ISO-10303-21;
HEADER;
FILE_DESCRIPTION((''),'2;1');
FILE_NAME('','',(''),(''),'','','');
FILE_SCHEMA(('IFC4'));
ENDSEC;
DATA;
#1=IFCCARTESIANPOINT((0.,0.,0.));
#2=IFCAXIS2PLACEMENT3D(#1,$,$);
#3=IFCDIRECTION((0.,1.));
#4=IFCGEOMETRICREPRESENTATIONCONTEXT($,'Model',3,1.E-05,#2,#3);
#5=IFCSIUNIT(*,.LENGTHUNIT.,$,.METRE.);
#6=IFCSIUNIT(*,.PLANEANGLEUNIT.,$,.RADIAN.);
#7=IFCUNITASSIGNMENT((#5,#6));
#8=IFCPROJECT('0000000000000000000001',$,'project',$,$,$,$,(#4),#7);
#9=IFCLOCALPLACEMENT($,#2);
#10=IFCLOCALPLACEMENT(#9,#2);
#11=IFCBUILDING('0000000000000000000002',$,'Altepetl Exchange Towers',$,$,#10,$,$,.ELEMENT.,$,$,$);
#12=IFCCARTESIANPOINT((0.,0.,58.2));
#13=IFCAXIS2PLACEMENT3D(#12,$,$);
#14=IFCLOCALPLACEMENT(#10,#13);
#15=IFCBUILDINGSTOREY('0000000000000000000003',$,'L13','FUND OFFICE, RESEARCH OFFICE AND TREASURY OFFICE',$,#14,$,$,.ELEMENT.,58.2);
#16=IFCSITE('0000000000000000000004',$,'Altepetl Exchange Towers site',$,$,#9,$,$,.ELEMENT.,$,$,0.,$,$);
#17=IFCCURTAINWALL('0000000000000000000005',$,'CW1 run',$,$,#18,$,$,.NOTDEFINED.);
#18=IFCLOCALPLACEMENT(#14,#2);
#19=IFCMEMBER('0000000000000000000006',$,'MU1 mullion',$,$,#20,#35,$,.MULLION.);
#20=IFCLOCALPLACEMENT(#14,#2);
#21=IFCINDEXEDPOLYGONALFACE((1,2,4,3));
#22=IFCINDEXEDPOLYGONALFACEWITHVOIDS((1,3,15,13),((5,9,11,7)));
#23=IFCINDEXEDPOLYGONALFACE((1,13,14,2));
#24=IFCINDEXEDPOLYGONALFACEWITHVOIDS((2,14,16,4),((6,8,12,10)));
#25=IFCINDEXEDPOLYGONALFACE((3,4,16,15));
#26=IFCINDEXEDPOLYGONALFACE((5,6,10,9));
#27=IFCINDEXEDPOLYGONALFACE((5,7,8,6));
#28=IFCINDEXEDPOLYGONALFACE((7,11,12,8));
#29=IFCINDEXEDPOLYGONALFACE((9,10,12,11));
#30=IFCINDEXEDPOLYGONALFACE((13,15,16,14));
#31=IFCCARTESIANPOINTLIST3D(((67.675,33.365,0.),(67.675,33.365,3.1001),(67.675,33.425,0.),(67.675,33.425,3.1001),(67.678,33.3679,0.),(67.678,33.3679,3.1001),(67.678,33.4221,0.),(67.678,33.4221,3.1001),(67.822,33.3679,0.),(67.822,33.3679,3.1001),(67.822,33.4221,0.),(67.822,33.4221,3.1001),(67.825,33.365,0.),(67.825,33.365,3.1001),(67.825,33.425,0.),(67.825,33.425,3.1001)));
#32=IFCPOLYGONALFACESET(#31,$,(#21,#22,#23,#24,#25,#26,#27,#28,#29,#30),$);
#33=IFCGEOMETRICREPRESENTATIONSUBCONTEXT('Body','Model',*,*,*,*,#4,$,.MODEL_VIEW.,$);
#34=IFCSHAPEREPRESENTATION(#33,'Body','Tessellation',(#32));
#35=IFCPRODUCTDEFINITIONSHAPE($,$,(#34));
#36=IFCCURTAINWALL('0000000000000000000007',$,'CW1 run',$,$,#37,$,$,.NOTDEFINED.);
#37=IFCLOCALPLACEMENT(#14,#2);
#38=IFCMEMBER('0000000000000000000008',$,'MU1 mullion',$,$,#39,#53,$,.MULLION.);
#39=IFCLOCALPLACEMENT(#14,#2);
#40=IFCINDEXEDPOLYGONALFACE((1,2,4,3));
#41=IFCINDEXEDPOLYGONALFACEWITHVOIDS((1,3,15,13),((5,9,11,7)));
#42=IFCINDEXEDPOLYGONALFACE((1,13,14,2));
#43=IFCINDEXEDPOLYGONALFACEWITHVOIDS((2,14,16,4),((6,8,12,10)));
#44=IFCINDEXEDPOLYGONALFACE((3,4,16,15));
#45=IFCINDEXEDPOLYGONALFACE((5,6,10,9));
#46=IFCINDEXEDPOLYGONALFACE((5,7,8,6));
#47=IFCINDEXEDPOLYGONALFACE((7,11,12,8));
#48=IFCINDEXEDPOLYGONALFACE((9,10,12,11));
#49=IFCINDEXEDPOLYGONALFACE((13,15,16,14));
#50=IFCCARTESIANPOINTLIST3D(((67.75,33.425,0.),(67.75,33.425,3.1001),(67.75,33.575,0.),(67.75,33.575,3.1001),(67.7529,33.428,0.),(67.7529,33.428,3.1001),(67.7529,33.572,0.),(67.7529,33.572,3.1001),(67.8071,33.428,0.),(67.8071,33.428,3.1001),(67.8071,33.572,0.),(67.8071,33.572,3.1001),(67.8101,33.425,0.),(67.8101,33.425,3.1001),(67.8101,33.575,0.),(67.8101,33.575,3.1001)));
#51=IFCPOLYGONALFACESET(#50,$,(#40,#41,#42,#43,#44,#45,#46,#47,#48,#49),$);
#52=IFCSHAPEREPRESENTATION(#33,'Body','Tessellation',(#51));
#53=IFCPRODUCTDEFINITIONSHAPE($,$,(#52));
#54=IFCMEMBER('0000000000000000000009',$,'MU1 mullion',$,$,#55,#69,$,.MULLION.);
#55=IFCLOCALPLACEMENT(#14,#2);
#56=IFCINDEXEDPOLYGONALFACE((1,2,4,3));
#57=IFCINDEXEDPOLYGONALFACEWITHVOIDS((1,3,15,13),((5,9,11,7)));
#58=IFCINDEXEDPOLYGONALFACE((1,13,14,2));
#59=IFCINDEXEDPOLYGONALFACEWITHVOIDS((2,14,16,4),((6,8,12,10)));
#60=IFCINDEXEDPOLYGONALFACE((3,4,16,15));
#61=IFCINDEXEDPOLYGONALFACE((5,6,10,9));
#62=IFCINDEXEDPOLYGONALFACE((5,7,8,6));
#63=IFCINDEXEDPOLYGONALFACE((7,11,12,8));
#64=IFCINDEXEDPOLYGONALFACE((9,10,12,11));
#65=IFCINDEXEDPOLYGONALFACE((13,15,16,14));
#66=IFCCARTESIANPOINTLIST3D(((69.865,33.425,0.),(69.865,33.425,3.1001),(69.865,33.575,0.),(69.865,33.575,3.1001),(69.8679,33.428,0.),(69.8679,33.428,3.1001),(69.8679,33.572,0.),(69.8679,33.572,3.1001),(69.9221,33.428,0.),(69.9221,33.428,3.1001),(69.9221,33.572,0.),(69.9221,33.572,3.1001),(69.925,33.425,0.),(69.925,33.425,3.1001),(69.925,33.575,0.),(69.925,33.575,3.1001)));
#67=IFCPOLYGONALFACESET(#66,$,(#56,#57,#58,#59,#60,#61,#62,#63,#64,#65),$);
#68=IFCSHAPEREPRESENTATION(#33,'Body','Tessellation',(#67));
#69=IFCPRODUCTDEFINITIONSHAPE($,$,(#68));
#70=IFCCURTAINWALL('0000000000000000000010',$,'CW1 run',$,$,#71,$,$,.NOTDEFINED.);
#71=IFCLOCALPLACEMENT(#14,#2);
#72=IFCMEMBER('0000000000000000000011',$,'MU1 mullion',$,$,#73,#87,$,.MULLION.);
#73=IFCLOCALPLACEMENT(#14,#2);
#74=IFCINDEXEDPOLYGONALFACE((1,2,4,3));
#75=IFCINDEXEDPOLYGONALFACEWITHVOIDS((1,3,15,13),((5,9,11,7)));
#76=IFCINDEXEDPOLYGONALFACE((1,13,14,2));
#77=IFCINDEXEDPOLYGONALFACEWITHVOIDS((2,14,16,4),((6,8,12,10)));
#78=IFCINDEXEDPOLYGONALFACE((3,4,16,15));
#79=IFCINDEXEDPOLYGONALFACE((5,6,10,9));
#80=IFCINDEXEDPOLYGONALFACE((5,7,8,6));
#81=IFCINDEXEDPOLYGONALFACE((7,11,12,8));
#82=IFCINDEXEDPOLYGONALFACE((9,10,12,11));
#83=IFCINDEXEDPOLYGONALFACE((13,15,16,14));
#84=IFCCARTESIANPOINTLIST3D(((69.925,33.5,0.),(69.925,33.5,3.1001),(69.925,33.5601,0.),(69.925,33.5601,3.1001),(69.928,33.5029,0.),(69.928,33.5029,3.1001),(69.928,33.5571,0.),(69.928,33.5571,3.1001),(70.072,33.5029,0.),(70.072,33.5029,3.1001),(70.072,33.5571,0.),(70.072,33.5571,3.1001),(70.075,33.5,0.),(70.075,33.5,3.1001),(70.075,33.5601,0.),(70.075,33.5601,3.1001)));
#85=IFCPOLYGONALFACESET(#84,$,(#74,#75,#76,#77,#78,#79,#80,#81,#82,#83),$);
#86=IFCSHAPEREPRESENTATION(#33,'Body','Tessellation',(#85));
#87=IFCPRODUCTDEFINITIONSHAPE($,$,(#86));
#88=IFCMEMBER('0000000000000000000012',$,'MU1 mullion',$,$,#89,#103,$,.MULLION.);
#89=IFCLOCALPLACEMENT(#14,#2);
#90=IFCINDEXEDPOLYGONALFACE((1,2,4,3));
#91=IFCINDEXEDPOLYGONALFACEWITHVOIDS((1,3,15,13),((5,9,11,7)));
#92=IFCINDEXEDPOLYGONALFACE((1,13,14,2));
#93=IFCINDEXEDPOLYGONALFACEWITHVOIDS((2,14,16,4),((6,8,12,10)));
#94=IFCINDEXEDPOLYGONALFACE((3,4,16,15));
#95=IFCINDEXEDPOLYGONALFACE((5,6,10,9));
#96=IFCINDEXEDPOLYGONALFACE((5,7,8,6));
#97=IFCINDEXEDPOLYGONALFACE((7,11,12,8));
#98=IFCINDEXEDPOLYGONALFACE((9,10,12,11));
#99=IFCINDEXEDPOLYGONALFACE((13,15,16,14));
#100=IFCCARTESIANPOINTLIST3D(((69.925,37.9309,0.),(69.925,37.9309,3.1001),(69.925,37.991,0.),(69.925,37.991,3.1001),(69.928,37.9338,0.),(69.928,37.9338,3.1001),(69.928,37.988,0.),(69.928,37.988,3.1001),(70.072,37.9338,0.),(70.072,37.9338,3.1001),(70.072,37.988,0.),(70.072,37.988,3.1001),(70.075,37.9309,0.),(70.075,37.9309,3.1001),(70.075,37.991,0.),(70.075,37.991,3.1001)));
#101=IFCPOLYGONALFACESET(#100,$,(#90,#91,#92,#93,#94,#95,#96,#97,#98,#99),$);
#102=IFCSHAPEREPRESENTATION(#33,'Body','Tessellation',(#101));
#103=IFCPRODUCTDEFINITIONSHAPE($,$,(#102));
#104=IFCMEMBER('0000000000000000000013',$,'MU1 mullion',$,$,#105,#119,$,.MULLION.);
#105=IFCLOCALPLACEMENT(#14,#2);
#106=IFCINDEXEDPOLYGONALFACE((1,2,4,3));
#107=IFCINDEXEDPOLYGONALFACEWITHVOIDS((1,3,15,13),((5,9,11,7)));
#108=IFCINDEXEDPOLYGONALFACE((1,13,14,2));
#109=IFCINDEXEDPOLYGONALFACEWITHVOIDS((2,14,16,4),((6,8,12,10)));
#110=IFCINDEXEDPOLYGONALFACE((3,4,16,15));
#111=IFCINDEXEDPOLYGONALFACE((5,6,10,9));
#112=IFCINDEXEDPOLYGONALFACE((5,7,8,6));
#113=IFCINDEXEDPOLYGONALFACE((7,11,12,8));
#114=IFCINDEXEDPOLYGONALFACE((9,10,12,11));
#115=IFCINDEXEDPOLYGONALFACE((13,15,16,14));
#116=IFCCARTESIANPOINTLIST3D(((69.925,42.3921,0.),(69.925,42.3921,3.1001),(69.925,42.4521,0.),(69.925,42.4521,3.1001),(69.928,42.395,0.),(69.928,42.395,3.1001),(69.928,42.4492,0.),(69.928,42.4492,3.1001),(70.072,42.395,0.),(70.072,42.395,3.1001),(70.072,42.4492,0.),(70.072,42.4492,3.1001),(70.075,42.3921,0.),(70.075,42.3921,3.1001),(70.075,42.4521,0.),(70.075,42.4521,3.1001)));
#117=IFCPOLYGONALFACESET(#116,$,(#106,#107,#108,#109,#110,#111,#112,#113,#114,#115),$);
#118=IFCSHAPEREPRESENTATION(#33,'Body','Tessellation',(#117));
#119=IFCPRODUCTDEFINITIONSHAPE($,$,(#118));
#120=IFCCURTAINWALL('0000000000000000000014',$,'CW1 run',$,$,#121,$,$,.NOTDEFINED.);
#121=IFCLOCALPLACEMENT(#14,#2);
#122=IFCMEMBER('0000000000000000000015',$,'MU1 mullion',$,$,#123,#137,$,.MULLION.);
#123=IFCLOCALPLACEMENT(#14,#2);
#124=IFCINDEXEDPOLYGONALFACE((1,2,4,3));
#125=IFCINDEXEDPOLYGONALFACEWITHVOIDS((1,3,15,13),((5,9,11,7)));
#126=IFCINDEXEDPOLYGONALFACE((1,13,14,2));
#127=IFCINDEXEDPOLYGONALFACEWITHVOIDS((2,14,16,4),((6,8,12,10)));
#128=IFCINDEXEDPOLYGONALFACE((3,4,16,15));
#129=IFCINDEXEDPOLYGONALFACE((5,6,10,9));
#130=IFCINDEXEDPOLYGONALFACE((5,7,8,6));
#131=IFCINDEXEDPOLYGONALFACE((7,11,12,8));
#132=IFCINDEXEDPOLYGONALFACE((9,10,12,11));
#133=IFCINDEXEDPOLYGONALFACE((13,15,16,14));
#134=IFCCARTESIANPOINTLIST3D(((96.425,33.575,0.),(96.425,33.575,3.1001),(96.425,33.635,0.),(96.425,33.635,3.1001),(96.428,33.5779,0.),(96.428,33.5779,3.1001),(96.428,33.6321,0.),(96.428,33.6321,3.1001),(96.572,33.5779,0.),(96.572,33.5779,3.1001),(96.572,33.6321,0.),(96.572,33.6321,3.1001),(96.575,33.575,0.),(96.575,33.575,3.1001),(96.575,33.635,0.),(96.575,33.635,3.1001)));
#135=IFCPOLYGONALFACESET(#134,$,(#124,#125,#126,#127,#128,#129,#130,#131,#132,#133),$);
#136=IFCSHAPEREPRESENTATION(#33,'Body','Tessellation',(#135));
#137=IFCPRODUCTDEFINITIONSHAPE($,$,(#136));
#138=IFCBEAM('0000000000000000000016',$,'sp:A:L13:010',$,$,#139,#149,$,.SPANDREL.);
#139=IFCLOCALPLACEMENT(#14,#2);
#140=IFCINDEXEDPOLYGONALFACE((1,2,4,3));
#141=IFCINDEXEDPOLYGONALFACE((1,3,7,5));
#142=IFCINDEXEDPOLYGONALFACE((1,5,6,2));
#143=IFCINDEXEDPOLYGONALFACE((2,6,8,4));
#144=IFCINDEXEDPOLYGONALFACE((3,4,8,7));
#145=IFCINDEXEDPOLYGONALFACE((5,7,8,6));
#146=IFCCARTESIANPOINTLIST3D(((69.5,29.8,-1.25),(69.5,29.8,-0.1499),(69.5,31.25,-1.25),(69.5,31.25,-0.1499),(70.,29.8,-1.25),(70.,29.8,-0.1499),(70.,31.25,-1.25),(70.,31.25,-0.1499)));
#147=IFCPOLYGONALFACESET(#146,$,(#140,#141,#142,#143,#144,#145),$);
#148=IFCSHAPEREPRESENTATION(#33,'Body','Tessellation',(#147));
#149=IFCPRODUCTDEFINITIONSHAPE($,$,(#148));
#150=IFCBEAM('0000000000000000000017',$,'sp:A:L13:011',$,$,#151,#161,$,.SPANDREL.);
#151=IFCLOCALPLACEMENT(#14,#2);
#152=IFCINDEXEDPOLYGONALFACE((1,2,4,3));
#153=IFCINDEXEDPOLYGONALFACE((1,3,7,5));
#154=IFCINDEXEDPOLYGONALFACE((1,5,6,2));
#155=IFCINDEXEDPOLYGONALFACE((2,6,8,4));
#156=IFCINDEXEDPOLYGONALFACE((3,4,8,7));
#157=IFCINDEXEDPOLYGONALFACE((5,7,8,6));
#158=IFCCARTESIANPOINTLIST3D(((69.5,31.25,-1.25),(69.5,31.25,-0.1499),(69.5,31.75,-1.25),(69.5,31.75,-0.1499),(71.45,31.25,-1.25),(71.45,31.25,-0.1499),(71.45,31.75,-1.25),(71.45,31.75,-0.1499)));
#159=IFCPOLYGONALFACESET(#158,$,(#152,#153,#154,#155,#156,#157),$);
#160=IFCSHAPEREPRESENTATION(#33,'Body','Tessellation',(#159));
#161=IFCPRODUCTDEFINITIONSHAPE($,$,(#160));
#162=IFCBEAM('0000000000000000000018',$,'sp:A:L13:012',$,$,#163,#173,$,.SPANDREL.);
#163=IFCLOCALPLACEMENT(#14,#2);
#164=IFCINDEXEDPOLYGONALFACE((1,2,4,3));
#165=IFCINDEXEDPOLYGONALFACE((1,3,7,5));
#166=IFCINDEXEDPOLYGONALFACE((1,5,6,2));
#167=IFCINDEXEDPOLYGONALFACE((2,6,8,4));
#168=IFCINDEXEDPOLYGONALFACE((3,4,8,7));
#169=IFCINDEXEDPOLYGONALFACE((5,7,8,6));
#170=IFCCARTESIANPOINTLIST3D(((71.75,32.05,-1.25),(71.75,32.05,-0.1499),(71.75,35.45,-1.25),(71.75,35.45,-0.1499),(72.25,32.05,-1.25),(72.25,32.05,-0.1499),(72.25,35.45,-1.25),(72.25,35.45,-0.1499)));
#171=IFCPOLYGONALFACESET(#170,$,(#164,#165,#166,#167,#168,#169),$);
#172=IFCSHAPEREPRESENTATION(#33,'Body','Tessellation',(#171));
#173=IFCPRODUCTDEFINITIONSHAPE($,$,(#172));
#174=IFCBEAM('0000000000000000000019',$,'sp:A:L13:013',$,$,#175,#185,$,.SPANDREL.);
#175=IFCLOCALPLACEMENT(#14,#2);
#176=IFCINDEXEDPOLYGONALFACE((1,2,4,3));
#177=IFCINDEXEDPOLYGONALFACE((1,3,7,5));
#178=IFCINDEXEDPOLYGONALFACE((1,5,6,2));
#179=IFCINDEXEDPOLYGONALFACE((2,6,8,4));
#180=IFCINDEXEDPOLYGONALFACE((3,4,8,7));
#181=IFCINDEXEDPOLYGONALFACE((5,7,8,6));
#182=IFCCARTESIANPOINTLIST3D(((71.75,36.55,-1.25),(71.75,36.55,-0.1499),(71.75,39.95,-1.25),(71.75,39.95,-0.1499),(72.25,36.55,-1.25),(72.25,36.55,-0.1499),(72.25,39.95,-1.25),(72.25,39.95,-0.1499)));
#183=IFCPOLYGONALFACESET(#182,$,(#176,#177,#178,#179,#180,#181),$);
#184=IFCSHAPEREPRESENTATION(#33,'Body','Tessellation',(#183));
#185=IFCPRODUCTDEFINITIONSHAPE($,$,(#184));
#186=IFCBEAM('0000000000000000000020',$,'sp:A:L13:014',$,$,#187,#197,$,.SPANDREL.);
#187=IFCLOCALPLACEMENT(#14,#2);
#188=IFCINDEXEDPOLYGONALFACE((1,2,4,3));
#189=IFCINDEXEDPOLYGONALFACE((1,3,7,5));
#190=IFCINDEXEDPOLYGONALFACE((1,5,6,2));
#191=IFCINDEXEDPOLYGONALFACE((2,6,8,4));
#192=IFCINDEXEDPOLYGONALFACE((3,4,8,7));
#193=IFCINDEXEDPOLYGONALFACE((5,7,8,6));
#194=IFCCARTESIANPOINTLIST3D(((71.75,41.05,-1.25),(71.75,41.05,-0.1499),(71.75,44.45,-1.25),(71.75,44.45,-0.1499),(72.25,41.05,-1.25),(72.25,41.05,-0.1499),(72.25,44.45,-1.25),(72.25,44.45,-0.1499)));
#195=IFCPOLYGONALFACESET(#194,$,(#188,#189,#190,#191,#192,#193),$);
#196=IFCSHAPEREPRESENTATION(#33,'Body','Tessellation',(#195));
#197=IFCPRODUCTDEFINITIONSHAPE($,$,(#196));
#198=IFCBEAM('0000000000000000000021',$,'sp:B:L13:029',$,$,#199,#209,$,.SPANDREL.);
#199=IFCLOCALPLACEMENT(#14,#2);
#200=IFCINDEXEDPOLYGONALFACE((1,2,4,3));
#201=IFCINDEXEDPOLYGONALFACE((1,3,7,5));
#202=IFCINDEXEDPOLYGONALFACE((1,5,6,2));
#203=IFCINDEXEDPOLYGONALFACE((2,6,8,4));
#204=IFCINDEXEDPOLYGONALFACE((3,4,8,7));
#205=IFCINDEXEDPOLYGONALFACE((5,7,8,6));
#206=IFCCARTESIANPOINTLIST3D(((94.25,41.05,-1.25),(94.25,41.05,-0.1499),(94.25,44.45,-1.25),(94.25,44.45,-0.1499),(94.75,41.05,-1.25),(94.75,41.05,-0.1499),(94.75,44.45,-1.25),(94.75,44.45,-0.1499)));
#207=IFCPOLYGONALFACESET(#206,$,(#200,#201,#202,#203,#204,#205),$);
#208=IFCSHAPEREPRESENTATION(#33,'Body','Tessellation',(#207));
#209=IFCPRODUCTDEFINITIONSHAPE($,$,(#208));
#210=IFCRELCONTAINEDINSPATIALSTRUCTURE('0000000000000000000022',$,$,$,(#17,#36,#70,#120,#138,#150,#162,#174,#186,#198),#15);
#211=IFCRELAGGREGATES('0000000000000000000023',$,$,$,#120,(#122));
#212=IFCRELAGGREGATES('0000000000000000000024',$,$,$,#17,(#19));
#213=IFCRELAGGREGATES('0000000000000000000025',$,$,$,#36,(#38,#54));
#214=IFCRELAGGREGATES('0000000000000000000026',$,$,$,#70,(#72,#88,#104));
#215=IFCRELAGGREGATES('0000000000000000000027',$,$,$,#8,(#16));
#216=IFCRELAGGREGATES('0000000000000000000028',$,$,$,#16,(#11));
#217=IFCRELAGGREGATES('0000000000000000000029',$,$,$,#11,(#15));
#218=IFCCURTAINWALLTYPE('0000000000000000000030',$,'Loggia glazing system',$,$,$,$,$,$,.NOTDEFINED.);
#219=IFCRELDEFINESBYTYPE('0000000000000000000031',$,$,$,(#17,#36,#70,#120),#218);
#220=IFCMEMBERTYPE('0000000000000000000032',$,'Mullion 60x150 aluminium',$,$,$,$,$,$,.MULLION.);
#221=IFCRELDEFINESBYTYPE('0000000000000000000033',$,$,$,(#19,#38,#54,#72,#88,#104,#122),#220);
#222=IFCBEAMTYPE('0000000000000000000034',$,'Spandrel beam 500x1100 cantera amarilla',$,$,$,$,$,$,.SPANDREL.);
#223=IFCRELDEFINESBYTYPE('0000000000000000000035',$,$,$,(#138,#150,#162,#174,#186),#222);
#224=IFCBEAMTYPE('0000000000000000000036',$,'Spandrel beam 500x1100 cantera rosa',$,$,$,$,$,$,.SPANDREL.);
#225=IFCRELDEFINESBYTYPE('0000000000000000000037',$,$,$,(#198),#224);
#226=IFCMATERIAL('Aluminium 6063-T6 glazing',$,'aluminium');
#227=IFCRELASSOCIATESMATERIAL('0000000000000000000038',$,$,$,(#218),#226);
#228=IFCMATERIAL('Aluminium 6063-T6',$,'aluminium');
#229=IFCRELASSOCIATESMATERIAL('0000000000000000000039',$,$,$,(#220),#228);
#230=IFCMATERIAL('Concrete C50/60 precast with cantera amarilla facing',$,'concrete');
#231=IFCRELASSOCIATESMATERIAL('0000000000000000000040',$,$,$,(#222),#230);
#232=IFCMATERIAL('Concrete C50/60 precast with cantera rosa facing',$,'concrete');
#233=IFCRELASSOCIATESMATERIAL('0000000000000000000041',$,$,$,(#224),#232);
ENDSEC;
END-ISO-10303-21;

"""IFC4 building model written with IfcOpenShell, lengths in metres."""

from ifc_helpers import new_model, si_unit, direction, frame, origin, origin_2d, place, context, subcontext, project, spatial, rectangle, hollow_rectangle, extrude, material, material_profile, profile_set, type_object, element, aggregate, save


model = new_model("IFC4")

# Units and contexts
model_context = context("Model", 3, precision=1e-05, world=origin(), true_north=direction((0.0, 1.0)))
body_context = subcontext(model_context, "Body", "Model", "MODEL_VIEW")
ifc_project = project(units=[si_unit("LENGTHUNIT", "METRE"), si_unit("PLANEANGLEUNIT", "RADIAN")], contexts=[model_context])

# Site, building, storey
site_placement = place(None, origin())
site = spatial("IfcSite", under=ifc_project, at=site_placement, Name="Altepetl Exchange Towers site", CompositionType="ELEMENT", RefElevation=0.0)
building_placement = place(site_placement, origin())
building = spatial("IfcBuilding", under=site, at=building_placement, Name="Altepetl Exchange Towers", CompositionType="ELEMENT")
storey_placement = place(building_placement, frame((0.0, 0.0, 58.2)))
storey = spatial("IfcBuildingStorey", under=building, at=storey_placement, Name="L13", Description="FUND OFFICE, RESEARCH OFFICE AND TREASURY OFFICE", CompositionType="ELEMENT", Elevation=58.2)

# Shared definitions
ifc_material_1 = material(Name="Aluminium 6063-T6 glazing", Category="aluminium")
curtain_wall_type = type_object("IfcCurtainWallType", Name="Loggia glazing system", PredefinedType="NOTDEFINED", material=ifc_material_1)
ifc_material_2 = material(Name="Aluminium 6063-T6", Category="aluminium")
ifc_material_profile_1 = material_profile(ifc_material_2, hollow_rectangle(XDim=0.0601, YDim=0.1499, WallThickness=0.0029, at=origin_2d()), Name="Mullion 60x150 aluminium")
ifc_profile_set_1 = profile_set([ifc_material_profile_1], Name="Aluminium 6063-T6")
member_type = type_object("IfcMemberType", Name="Mullion 60x150 aluminium", PredefinedType="MULLION", material=ifc_profile_set_1)

# Curtain walls, members
curtain_wall_1_placement = place(storey_placement, origin())
curtain_wall_1 = element("IfcCurtainWall", 1, at=curtain_wall_1_placement, inside=storey, type_object=curtain_wall_type, Name="CW1 run", PredefinedType="NOTDEFINED")
member_1_placement = place(storey_placement, frame((67.75, 33.395, 0.0), z_axis=(0.0, 0.0, 1.0), x_axis=(0.0, 1.0, 0.0)))
member_1 = element("IfcMember", 2, at=member_1_placement, type_object=member_type, Name="MU1 mullion", PredefinedType="MULLION", context=body_context, shape_type="SweptSolid", body=[
    extrude(hollow_rectangle(XDim=0.0601, YDim=0.1499, WallThickness=0.0029, at=origin_2d()), origin(), (0.0, 0.0, 1.0), 3.1001),
])
curtain_wall_2_placement = place(storey_placement, origin())
curtain_wall_2 = element("IfcCurtainWall", 3, at=curtain_wall_2_placement, inside=storey, type_object=curtain_wall_type, Name="CW1 run", PredefinedType="NOTDEFINED")
member_2_placement = place(storey_placement, frame((67.78, 33.5, 0.0)))
member_2 = element("IfcMember", 4, at=member_2_placement, type_object=member_type, Name="MU1 mullion", PredefinedType="MULLION", context=body_context, shape_type="SweptSolid", body=[
    extrude(hollow_rectangle(XDim=0.0601, YDim=0.1499, WallThickness=0.0029, at=origin_2d()), origin(), (0.0, 0.0, 1.0), 3.1001),
])
member_3_placement = place(storey_placement, frame((69.895, 33.5, 0.0)))
member_3 = element("IfcMember", 5, at=member_3_placement, type_object=member_type, Name="MU1 mullion", PredefinedType="MULLION", context=body_context, shape_type="SweptSolid", body=[
    extrude(hollow_rectangle(XDim=0.0601, YDim=0.1499, WallThickness=0.0029, at=origin_2d()), origin(), (0.0, 0.0, 1.0), 3.1001),
])
curtain_wall_3_placement = place(storey_placement, origin())
curtain_wall_3 = element("IfcCurtainWall", 6, at=curtain_wall_3_placement, inside=storey, type_object=curtain_wall_type, Name="CW1 run", PredefinedType="NOTDEFINED")
member_4_placement = place(storey_placement, frame((70.0, 33.53, 0.0), z_axis=(0.0, 0.0, 1.0), x_axis=(0.0, 1.0, 0.0)))
member_4 = element("IfcMember", 7, at=member_4_placement, type_object=member_type, Name="MU1 mullion", PredefinedType="MULLION", context=body_context, shape_type="SweptSolid", body=[
    extrude(hollow_rectangle(XDim=0.0601, YDim=0.1499, WallThickness=0.0029, at=origin_2d()), origin(), (0.0, 0.0, 1.0), 3.1001),
])
member_5_placement = place(storey_placement, frame((70.0, 37.9609, 0.0), z_axis=(0.0, 0.0, 1.0), x_axis=(0.0, 1.0, 0.0)))
member_5 = element("IfcMember", 8, at=member_5_placement, type_object=member_type, Name="MU1 mullion", PredefinedType="MULLION", context=body_context, shape_type="SweptSolid", body=[
    extrude(hollow_rectangle(XDim=0.0601, YDim=0.1499, WallThickness=0.0029, at=origin_2d()), origin(), (0.0, 0.0, 1.0), 3.1001),
])
member_6_placement = place(storey_placement, frame((70.0, 42.4221, 0.0), z_axis=(0.0, 0.0, 1.0), x_axis=(0.0, 1.0, 0.0)))
member_6 = element("IfcMember", 9, at=member_6_placement, type_object=member_type, Name="MU1 mullion", PredefinedType="MULLION", context=body_context, shape_type="SweptSolid", body=[
    extrude(hollow_rectangle(XDim=0.0601, YDim=0.1499, WallThickness=0.0029, at=origin_2d()), origin(), (0.0, 0.0, 1.0), 3.1001),
])

# Curtain wall, member
curtain_wall_4_placement = place(storey_placement, origin())
curtain_wall_4 = element("IfcCurtainWall", 10, at=curtain_wall_4_placement, inside=storey, type_object=curtain_wall_type, Name="CW1 run", PredefinedType="NOTDEFINED")
member_7_placement = place(storey_placement, frame((96.5, 33.605, 0.0), z_axis=(0.0, 0.0, 1.0), x_axis=(0.0, -1.0, 0.0)))
member_7 = element("IfcMember", 11, at=member_7_placement, type_object=member_type, Name="MU1 mullion", PredefinedType="MULLION", context=body_context, shape_type="SweptSolid", body=[
    extrude(hollow_rectangle(XDim=0.0601, YDim=0.1499, WallThickness=0.0029, at=origin_2d()), origin(), (0.0, 0.0, 1.0), 3.1001),
])
aggregate(curtain_wall_4, [member_7])

# Beams
ifc_material_3 = material(Name="Concrete C50/60 precast with cantera amarilla facing", Category="concrete")
ifc_material_profile_2 = material_profile(ifc_material_3, rectangle(XDim=0.5, YDim=1.1001, at=origin_2d()), Name="500 x 1100")
ifc_profile_set_2 = profile_set([ifc_material_profile_2], Name="Concrete C50/60 precast with cantera amarilla facing")
beam_type_1 = type_object("IfcBeamType", Name="Spandrel beam 500x1100 cantera amarilla", PredefinedType="SPANDREL", material=ifc_profile_set_2)
beam_1_placement = place(storey_placement, frame((69.75, 29.8, -0.7), z_axis=(0.0, 1.0, 0.0), x_axis=(-1.0, 0.0, 0.0)))
element("IfcBeam", 12, at=beam_1_placement, inside=storey, type_object=beam_type_1, Name="sp:A:L13:010", PredefinedType="SPANDREL", context=body_context, shape_type="SweptSolid", body=[
    extrude(rectangle(XDim=0.5, YDim=1.1001, at=origin_2d()), origin(), (0.0, 0.0, 1.0), 1.45),
])
beam_2_placement = place(storey_placement, frame((69.5, 31.5, -0.7), z_axis=(1.0, 0.0, 0.0), x_axis=(0.0, 1.0, 0.0)))
element("IfcBeam", 13, at=beam_2_placement, inside=storey, type_object=beam_type_1, Name="sp:A:L13:011", PredefinedType="SPANDREL", context=body_context, shape_type="SweptSolid", body=[
    extrude(rectangle(XDim=0.5, YDim=1.1001, at=origin_2d()), origin(), (0.0, 0.0, 1.0), 1.95),
])
for number, where, z_axis, x_axis, name in (
    (14, (72.0, 32.05, -0.7), (0.0, 1.0, 0.0), (-1.0, 0.0, 0.0), "sp:A:L13:012"),
    (15, (72.0, 36.55, -0.7), (0.0, 1.0, 0.0), (-1.0, 0.0, 0.0), "sp:A:L13:013"),
    (16, (72.0, 41.05, -0.7), (0.0, 1.0, 0.0), (-1.0, 0.0, 0.0), "sp:A:L13:014"),
):
    element("IfcBeam", number, at=place(storey_placement, frame(where, z_axis=z_axis, x_axis=x_axis)), inside=storey, type_object=beam_type_1, Name=name, PredefinedType="SPANDREL", context=body_context, shape_type="SweptSolid", body=[
        extrude(rectangle(XDim=0.5, YDim=1.1001, at=origin_2d()), origin(), (0.0, 0.0, 1.0), 3.3999),
    ])
ifc_material_4 = material(Name="Concrete C50/60 precast with cantera rosa facing", Category="concrete")
ifc_material_profile_3 = material_profile(ifc_material_4, rectangle(XDim=0.5, YDim=1.1001, at=origin_2d()), Name="500 x 1100")
ifc_profile_set_3 = profile_set([ifc_material_profile_3], Name="Concrete C50/60 precast with cantera rosa facing")
beam_type_2 = type_object("IfcBeamType", Name="Spandrel beam 500x1100 cantera rosa", PredefinedType="SPANDREL", material=ifc_profile_set_3)
for number, where, z_axis, x_axis, name in (
    (17, (94.5, 44.45, -0.7), (0.0, -1.0, 0.0), (1.0, 0.0, 0.0), "sp:B:L13:029"),
):
    element("IfcBeam", number, at=place(storey_placement, frame(where, z_axis=z_axis, x_axis=x_axis)), inside=storey, type_object=beam_type_2, Name=name, PredefinedType="SPANDREL", context=body_context, shape_type="SweptSolid", body=[
        extrude(rectangle(XDim=0.5, YDim=1.1001, at=origin_2d()), origin(), (0.0, 0.0, 1.0), 3.3999),
    ])

aggregate(curtain_wall_1, [member_1])
aggregate(curtain_wall_2, [member_2, member_3])
aggregate(curtain_wall_3, [member_4, member_5, member_6])

save(model, "model.ifc")
